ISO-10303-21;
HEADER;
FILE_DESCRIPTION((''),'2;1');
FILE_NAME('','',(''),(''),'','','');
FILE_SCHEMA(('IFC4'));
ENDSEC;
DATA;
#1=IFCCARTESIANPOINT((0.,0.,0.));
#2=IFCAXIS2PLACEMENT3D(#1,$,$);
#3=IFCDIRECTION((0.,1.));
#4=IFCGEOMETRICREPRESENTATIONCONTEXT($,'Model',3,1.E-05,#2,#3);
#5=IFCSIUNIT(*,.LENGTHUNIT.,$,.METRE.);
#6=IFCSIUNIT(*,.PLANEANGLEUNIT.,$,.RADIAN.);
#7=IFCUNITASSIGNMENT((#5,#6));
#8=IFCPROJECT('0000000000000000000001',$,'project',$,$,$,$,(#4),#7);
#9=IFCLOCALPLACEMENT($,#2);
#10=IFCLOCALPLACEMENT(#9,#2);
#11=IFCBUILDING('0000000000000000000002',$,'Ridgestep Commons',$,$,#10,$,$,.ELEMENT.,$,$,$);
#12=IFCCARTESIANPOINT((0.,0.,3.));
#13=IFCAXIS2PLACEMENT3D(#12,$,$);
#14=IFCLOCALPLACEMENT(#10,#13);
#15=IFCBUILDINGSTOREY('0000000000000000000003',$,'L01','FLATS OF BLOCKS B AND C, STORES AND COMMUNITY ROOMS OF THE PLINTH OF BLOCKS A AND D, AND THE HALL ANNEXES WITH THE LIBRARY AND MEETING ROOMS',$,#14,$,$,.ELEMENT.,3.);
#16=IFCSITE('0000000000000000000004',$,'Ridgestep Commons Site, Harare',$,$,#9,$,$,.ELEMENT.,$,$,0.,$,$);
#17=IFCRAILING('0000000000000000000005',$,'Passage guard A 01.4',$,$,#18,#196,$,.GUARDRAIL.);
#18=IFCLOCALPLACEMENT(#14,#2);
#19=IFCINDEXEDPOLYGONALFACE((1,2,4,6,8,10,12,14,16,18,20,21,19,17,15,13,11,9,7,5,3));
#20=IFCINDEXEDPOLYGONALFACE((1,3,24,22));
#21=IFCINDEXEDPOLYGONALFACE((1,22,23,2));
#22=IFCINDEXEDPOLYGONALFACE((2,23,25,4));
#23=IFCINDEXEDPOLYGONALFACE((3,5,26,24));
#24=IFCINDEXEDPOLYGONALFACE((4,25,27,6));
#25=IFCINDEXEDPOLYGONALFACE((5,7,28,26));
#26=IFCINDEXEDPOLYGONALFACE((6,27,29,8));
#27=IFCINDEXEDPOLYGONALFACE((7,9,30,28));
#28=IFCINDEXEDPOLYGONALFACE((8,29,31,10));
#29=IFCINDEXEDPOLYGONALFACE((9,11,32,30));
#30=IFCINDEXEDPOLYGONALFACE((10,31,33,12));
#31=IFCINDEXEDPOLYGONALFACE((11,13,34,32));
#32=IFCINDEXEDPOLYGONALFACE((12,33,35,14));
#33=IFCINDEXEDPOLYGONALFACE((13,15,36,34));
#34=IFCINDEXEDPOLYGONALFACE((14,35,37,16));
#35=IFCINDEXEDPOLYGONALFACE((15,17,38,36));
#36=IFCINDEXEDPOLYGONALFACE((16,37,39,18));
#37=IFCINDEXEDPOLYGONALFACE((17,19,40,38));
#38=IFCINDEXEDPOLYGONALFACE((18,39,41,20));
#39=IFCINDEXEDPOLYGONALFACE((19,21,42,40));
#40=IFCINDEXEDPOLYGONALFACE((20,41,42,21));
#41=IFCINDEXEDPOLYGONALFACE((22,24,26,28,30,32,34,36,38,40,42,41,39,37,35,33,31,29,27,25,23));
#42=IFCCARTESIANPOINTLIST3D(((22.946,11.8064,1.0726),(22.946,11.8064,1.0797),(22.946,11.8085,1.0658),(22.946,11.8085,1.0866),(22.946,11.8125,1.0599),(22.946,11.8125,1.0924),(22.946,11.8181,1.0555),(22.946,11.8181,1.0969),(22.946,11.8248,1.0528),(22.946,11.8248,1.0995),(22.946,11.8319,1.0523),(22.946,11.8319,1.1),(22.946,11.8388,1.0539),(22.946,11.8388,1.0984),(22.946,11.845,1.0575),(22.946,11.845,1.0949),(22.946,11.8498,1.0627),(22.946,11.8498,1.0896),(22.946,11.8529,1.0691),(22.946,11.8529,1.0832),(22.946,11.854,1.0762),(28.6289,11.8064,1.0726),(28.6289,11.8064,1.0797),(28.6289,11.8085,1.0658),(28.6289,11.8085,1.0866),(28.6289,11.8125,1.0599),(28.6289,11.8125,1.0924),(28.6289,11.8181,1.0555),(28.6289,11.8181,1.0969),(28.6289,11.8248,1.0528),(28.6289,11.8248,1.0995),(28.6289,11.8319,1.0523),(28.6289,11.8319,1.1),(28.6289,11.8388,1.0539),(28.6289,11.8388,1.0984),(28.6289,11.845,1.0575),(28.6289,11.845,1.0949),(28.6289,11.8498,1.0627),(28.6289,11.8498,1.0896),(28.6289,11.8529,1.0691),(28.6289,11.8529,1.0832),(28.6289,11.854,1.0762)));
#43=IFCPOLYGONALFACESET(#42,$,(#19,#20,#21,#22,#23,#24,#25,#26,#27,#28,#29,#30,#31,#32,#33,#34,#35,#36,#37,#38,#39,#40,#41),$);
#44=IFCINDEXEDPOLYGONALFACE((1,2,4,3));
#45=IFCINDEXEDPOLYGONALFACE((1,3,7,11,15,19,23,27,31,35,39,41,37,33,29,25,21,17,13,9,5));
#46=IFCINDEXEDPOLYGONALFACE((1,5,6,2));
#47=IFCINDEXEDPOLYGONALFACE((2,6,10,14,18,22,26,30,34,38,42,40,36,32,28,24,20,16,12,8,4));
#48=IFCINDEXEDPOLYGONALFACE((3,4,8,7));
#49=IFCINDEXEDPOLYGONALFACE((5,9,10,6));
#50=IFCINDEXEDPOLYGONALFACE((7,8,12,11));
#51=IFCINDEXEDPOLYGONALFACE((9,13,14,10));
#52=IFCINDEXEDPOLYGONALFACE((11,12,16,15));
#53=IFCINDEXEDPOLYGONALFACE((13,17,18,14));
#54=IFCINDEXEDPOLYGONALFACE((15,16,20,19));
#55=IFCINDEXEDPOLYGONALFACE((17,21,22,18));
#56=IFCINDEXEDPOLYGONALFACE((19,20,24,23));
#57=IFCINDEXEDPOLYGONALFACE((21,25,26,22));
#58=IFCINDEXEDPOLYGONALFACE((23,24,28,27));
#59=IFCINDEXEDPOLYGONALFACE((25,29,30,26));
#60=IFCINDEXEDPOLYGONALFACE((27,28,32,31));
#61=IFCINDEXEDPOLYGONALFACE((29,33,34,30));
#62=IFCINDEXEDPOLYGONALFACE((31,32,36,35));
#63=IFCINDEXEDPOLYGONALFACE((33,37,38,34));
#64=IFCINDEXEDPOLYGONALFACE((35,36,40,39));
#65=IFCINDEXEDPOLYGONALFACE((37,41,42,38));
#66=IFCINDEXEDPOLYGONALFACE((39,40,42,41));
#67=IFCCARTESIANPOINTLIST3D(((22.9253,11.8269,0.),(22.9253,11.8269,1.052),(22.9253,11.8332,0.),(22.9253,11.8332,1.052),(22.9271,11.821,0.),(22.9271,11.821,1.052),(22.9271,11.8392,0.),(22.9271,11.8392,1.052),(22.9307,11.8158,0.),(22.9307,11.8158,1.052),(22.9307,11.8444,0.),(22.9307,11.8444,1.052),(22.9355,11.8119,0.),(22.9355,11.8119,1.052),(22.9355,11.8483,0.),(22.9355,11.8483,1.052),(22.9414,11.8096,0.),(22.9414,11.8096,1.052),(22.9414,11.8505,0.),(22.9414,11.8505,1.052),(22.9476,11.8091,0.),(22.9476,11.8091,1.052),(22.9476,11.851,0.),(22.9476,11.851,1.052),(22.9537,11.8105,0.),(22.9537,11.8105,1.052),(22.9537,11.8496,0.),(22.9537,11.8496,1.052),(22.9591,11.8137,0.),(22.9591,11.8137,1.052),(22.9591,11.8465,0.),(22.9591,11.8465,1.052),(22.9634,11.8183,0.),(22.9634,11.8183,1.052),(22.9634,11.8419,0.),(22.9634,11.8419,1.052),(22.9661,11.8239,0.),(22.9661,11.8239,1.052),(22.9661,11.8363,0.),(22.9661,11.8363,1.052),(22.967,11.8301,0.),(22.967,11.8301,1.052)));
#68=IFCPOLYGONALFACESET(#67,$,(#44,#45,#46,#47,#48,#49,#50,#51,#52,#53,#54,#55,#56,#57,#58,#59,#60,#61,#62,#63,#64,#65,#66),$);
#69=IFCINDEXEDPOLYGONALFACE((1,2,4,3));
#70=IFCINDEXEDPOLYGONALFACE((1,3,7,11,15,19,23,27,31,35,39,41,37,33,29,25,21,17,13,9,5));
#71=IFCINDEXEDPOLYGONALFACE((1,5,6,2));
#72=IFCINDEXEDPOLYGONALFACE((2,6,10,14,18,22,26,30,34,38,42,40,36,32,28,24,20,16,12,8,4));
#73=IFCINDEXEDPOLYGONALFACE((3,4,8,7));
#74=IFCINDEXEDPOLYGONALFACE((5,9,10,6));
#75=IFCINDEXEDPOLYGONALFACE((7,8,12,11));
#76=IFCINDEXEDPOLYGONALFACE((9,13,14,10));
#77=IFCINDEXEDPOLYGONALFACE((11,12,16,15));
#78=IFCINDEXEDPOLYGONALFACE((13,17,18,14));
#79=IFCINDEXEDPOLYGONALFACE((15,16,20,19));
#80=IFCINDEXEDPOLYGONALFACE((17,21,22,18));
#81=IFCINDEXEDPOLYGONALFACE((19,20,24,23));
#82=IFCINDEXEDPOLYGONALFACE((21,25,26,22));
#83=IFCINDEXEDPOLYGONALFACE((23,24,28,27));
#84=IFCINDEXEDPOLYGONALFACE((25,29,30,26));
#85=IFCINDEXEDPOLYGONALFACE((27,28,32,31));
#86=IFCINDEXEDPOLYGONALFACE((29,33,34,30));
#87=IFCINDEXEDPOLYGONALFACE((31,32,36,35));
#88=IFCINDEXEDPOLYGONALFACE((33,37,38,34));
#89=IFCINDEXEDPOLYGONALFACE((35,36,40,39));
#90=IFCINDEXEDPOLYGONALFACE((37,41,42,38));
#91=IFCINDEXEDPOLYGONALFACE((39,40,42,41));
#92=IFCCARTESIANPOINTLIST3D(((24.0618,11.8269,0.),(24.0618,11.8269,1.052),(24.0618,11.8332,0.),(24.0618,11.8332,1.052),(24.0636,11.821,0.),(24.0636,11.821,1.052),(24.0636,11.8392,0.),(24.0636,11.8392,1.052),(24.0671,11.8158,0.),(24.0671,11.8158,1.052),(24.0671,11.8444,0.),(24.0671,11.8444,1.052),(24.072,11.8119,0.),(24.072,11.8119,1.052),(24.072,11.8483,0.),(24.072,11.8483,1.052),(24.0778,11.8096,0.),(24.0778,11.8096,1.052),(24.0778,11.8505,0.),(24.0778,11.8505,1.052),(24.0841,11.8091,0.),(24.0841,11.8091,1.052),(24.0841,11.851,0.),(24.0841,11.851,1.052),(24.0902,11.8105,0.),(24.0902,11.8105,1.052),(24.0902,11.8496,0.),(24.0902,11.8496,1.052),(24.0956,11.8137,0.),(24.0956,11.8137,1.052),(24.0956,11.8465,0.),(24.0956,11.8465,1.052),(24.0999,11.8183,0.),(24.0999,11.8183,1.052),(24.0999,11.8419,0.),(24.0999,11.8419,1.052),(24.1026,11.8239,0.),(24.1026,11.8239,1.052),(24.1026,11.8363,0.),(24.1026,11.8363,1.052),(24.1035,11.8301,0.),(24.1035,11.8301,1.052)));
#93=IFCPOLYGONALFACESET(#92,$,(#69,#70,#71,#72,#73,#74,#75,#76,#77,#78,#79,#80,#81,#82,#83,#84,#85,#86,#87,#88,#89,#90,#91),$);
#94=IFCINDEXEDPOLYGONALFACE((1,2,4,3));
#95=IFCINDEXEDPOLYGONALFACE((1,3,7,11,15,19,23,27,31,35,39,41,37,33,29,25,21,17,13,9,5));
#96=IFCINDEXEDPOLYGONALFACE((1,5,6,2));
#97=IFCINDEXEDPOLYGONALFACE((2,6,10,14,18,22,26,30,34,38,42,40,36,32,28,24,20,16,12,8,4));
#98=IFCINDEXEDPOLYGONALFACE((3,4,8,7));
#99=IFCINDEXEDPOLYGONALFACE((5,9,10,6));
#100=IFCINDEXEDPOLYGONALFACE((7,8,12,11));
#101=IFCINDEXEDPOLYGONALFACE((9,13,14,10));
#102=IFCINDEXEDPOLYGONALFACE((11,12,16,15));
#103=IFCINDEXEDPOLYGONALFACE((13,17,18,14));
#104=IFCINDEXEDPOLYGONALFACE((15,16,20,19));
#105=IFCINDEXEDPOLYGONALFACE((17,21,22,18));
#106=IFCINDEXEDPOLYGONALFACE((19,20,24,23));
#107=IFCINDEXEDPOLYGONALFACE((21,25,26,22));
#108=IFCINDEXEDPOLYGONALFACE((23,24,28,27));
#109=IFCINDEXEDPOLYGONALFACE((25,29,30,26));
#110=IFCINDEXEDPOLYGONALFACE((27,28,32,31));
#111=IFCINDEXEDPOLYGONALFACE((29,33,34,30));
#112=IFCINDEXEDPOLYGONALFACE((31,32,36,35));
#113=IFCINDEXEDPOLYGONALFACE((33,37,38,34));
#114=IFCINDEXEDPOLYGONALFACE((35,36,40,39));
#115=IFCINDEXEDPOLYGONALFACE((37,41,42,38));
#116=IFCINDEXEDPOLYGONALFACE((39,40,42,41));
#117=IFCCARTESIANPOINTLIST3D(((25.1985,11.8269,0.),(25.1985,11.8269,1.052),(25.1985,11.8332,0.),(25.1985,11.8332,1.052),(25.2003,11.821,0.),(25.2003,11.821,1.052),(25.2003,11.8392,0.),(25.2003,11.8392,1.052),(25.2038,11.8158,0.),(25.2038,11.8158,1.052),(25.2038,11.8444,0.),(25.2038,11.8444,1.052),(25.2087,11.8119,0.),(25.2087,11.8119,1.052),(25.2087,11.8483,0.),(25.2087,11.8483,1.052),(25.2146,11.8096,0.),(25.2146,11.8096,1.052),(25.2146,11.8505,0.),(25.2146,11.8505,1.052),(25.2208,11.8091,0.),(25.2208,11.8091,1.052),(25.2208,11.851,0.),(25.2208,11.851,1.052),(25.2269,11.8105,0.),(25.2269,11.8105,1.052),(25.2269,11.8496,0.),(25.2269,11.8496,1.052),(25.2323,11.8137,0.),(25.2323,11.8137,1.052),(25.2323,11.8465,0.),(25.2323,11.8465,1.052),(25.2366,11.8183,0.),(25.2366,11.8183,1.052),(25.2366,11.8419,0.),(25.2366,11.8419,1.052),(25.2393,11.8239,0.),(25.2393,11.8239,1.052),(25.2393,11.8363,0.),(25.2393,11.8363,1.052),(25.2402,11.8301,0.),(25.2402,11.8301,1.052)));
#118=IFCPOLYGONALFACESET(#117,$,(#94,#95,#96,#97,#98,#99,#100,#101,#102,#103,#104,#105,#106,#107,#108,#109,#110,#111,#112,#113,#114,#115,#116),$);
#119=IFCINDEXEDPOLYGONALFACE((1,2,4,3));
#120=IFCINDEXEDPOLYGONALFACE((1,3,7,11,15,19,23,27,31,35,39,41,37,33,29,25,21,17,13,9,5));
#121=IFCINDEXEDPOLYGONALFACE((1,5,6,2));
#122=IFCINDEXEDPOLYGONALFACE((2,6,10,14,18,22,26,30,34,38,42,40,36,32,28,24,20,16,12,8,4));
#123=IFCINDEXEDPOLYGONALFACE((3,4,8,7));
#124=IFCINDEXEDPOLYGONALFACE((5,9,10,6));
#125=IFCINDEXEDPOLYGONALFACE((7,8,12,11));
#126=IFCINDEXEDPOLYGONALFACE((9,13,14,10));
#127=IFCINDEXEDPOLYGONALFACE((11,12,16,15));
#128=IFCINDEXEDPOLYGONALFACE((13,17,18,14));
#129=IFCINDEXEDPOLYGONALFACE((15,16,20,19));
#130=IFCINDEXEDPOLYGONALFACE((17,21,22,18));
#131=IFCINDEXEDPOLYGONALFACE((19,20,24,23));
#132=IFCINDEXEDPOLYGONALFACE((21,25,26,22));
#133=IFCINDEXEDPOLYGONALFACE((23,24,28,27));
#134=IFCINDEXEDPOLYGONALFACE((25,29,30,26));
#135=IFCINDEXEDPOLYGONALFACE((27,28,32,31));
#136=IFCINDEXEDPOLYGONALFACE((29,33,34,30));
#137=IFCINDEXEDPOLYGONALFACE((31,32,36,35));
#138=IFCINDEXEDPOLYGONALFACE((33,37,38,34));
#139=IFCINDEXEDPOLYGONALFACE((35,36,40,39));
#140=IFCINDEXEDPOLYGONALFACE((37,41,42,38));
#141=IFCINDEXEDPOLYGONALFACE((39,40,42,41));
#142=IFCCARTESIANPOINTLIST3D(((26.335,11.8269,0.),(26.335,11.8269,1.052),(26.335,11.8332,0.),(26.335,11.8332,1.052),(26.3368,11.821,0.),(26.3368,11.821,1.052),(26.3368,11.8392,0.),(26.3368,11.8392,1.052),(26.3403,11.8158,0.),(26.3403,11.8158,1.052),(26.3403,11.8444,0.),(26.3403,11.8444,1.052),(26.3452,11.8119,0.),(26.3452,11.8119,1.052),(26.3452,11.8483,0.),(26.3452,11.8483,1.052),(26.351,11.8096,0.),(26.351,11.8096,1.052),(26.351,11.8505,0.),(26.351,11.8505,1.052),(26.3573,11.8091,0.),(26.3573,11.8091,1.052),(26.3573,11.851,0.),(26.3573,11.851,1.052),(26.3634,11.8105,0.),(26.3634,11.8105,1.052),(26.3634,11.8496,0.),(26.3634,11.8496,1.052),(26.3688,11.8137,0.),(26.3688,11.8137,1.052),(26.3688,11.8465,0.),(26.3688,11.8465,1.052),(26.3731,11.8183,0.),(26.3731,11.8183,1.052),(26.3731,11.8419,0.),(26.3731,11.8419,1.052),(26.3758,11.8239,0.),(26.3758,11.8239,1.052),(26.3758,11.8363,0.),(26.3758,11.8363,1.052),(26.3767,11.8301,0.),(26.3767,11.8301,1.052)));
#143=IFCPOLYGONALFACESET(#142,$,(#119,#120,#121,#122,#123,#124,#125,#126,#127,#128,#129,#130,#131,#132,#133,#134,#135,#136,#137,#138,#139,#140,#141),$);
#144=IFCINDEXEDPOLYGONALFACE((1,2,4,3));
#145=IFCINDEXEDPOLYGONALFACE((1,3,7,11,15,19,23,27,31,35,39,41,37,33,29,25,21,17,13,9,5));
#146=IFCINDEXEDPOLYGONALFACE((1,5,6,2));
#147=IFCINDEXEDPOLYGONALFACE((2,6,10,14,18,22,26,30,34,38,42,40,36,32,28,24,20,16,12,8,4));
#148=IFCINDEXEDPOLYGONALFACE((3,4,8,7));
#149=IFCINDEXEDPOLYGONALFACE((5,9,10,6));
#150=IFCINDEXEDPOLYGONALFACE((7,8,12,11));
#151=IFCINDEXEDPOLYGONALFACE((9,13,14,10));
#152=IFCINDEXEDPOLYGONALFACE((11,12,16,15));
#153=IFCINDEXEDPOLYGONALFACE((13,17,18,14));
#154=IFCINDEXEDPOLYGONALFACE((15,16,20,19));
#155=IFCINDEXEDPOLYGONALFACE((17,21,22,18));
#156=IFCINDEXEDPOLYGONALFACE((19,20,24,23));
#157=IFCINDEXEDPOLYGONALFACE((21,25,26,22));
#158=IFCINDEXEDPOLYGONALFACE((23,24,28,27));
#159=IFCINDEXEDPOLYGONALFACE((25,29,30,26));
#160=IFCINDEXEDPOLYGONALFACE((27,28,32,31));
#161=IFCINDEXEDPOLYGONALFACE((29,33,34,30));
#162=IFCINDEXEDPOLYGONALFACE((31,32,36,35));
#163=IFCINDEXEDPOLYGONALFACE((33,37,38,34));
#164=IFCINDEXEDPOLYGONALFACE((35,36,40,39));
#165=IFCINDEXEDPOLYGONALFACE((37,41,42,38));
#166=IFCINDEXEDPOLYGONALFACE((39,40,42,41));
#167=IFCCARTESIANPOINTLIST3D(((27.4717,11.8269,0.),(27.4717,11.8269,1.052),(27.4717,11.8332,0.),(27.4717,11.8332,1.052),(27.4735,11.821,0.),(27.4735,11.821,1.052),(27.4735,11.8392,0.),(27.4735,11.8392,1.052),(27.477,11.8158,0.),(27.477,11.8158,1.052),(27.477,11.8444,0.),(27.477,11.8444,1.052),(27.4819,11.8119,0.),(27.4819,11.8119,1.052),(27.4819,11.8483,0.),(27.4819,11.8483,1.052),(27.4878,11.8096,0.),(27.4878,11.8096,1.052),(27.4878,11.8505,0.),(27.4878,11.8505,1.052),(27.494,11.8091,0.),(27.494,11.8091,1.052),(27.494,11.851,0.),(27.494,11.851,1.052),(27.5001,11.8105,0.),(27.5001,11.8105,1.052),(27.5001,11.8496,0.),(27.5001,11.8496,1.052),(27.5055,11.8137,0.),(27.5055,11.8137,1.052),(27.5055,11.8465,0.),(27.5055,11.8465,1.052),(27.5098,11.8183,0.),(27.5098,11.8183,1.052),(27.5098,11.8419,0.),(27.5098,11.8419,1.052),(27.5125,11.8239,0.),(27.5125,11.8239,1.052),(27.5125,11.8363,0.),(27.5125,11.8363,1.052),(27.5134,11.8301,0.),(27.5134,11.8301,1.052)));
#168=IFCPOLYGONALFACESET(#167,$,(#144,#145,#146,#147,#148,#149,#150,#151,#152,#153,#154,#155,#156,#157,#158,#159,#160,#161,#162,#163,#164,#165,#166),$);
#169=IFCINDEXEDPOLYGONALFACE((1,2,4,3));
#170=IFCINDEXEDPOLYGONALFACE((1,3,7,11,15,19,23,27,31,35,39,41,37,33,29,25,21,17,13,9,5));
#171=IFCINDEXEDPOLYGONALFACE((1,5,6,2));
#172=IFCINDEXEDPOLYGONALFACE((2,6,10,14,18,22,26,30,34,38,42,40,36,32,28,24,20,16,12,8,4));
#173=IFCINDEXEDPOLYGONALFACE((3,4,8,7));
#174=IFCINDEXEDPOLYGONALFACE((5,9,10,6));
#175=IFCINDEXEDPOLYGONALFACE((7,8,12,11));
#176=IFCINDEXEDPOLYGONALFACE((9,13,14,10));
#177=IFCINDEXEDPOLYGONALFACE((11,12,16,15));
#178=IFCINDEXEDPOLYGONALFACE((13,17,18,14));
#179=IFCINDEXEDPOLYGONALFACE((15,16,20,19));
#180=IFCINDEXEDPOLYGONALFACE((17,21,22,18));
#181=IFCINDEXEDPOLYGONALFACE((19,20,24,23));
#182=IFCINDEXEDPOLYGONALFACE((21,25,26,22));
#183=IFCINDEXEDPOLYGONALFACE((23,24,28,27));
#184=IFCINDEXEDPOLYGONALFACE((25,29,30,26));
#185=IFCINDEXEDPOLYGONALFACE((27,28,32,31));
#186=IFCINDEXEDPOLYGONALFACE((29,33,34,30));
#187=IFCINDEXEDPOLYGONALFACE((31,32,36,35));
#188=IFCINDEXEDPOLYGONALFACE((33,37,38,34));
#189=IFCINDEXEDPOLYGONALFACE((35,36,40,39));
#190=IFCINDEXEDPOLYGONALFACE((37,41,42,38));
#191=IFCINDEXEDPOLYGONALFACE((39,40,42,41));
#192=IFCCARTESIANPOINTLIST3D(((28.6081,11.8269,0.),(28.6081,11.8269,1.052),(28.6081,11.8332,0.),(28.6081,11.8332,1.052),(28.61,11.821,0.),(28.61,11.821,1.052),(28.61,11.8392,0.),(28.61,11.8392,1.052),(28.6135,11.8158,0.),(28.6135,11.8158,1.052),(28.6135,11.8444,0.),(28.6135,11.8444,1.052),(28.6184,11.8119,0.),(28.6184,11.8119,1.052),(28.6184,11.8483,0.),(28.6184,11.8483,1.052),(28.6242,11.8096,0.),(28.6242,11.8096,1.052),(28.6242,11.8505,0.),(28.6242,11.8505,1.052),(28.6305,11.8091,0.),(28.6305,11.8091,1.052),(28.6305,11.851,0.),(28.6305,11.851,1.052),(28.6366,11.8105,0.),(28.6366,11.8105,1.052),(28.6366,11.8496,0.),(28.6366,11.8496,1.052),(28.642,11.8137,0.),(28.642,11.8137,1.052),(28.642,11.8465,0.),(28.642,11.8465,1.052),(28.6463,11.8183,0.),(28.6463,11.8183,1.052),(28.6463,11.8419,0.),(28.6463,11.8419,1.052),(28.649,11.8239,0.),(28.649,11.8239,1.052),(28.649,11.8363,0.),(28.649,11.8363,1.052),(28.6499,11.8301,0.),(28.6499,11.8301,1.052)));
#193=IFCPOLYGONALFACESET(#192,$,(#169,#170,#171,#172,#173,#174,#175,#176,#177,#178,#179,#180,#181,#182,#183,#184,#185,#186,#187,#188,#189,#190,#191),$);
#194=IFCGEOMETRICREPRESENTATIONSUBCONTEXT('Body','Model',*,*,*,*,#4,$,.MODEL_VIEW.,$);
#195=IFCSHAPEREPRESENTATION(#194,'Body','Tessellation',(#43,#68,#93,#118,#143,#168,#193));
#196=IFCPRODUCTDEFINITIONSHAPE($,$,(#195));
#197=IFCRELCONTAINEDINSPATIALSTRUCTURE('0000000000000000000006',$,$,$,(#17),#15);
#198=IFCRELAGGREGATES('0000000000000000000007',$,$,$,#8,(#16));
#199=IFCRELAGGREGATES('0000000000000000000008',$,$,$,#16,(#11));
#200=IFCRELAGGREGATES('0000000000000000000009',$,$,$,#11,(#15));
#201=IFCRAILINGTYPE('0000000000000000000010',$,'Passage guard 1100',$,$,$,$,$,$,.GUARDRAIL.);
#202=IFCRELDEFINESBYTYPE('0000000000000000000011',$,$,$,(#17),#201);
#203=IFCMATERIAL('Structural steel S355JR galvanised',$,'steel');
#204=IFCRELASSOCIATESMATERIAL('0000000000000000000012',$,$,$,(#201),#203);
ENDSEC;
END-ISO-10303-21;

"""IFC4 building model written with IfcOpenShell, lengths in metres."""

from ifc_helpers import new_model, si_unit, direction, frame, origin, origin_2d, place, context, subcontext, project, spatial, circle, extrude, material, type_object, element, save


model = new_model("IFC4")

# Units and contexts
model_context = context("Model", 3, precision=1e-05, world=origin(), true_north=direction((0.0, 1.0)))
body_context = subcontext(model_context, "Body", "Model", "MODEL_VIEW")
ifc_project = project(units=[si_unit("LENGTHUNIT", "METRE"), si_unit("PLANEANGLEUNIT", "RADIAN")], contexts=[model_context])

# Site, building, storey
site_placement = place(None, origin())
site = spatial("IfcSite", under=ifc_project, at=site_placement, Name="Ridgestep Commons Site, Harare", CompositionType="ELEMENT", RefElevation=0.0)
building_placement = place(site_placement, origin())
building = spatial("IfcBuilding", under=site, at=building_placement, Name="Ridgestep Commons", CompositionType="ELEMENT")
storey_placement = place(building_placement, frame((0.0, 0.0, 3.0)))
storey = spatial("IfcBuildingStorey", under=building, at=storey_placement, Name="L01", Description="FLATS OF BLOCKS B AND C, STORES AND COMMUNITY ROOMS OF THE PLINTH OF BLOCKS A AND D, AND THE HALL ANNEXES WITH THE LIBRARY AND MEETING ROOMS", CompositionType="ELEMENT", Elevation=3.0)

# Railing
ifc_material_1 = material(Name="Structural steel S355JR galvanised", Category="steel")
railing_type = type_object("IfcRailingType", Name="Passage guard 1100", PredefinedType="GUARDRAIL", material=ifc_material_1)
railing_1_placement = place(storey_placement, frame((22.946, 11.8301, 0.0)))
element("IfcRailing", 1, at=railing_1_placement, inside=storey, type_object=railing_type, Name="Passage guard A 01.4", PredefinedType="GUARDRAIL", context=body_context, shape_type="SweptSolid", body=[
    extrude(circle(Radius=0.0239, at=origin_2d()), frame((0.0, 0.0, 1.0762), z_axis=(1.0, 0.0, 0.0), x_axis=(0.0, 1.0, 0.0)), (0.0, 0.0, 1.0), 5.6829),
    extrude(circle(Radius=0.021, at=origin_2d()), origin(), (0.0, 0.0, 1.0), 1.052),
    extrude(circle(Radius=0.021, at=origin_2d()), frame((1.1365, 0.0, 0.0)), (0.0, 0.0, 1.0), 1.052),
    extrude(circle(Radius=0.021, at=origin_2d()), frame((2.2732, 0.0, 0.0)), (0.0, 0.0, 1.0), 1.052),
    extrude(circle(Radius=0.021, at=origin_2d()), frame((3.4097, 0.0, 0.0)), (0.0, 0.0, 1.0), 1.052),
    extrude(circle(Radius=0.021, at=origin_2d()), frame((4.5464, 0.0, 0.0)), (0.0, 0.0, 1.0), 1.052),
    extrude(circle(Radius=0.021, at=origin_2d()), frame((5.6829, 0.0, 0.0)), (0.0, 0.0, 1.0), 1.052),
])

save(model, "model.ifc")
